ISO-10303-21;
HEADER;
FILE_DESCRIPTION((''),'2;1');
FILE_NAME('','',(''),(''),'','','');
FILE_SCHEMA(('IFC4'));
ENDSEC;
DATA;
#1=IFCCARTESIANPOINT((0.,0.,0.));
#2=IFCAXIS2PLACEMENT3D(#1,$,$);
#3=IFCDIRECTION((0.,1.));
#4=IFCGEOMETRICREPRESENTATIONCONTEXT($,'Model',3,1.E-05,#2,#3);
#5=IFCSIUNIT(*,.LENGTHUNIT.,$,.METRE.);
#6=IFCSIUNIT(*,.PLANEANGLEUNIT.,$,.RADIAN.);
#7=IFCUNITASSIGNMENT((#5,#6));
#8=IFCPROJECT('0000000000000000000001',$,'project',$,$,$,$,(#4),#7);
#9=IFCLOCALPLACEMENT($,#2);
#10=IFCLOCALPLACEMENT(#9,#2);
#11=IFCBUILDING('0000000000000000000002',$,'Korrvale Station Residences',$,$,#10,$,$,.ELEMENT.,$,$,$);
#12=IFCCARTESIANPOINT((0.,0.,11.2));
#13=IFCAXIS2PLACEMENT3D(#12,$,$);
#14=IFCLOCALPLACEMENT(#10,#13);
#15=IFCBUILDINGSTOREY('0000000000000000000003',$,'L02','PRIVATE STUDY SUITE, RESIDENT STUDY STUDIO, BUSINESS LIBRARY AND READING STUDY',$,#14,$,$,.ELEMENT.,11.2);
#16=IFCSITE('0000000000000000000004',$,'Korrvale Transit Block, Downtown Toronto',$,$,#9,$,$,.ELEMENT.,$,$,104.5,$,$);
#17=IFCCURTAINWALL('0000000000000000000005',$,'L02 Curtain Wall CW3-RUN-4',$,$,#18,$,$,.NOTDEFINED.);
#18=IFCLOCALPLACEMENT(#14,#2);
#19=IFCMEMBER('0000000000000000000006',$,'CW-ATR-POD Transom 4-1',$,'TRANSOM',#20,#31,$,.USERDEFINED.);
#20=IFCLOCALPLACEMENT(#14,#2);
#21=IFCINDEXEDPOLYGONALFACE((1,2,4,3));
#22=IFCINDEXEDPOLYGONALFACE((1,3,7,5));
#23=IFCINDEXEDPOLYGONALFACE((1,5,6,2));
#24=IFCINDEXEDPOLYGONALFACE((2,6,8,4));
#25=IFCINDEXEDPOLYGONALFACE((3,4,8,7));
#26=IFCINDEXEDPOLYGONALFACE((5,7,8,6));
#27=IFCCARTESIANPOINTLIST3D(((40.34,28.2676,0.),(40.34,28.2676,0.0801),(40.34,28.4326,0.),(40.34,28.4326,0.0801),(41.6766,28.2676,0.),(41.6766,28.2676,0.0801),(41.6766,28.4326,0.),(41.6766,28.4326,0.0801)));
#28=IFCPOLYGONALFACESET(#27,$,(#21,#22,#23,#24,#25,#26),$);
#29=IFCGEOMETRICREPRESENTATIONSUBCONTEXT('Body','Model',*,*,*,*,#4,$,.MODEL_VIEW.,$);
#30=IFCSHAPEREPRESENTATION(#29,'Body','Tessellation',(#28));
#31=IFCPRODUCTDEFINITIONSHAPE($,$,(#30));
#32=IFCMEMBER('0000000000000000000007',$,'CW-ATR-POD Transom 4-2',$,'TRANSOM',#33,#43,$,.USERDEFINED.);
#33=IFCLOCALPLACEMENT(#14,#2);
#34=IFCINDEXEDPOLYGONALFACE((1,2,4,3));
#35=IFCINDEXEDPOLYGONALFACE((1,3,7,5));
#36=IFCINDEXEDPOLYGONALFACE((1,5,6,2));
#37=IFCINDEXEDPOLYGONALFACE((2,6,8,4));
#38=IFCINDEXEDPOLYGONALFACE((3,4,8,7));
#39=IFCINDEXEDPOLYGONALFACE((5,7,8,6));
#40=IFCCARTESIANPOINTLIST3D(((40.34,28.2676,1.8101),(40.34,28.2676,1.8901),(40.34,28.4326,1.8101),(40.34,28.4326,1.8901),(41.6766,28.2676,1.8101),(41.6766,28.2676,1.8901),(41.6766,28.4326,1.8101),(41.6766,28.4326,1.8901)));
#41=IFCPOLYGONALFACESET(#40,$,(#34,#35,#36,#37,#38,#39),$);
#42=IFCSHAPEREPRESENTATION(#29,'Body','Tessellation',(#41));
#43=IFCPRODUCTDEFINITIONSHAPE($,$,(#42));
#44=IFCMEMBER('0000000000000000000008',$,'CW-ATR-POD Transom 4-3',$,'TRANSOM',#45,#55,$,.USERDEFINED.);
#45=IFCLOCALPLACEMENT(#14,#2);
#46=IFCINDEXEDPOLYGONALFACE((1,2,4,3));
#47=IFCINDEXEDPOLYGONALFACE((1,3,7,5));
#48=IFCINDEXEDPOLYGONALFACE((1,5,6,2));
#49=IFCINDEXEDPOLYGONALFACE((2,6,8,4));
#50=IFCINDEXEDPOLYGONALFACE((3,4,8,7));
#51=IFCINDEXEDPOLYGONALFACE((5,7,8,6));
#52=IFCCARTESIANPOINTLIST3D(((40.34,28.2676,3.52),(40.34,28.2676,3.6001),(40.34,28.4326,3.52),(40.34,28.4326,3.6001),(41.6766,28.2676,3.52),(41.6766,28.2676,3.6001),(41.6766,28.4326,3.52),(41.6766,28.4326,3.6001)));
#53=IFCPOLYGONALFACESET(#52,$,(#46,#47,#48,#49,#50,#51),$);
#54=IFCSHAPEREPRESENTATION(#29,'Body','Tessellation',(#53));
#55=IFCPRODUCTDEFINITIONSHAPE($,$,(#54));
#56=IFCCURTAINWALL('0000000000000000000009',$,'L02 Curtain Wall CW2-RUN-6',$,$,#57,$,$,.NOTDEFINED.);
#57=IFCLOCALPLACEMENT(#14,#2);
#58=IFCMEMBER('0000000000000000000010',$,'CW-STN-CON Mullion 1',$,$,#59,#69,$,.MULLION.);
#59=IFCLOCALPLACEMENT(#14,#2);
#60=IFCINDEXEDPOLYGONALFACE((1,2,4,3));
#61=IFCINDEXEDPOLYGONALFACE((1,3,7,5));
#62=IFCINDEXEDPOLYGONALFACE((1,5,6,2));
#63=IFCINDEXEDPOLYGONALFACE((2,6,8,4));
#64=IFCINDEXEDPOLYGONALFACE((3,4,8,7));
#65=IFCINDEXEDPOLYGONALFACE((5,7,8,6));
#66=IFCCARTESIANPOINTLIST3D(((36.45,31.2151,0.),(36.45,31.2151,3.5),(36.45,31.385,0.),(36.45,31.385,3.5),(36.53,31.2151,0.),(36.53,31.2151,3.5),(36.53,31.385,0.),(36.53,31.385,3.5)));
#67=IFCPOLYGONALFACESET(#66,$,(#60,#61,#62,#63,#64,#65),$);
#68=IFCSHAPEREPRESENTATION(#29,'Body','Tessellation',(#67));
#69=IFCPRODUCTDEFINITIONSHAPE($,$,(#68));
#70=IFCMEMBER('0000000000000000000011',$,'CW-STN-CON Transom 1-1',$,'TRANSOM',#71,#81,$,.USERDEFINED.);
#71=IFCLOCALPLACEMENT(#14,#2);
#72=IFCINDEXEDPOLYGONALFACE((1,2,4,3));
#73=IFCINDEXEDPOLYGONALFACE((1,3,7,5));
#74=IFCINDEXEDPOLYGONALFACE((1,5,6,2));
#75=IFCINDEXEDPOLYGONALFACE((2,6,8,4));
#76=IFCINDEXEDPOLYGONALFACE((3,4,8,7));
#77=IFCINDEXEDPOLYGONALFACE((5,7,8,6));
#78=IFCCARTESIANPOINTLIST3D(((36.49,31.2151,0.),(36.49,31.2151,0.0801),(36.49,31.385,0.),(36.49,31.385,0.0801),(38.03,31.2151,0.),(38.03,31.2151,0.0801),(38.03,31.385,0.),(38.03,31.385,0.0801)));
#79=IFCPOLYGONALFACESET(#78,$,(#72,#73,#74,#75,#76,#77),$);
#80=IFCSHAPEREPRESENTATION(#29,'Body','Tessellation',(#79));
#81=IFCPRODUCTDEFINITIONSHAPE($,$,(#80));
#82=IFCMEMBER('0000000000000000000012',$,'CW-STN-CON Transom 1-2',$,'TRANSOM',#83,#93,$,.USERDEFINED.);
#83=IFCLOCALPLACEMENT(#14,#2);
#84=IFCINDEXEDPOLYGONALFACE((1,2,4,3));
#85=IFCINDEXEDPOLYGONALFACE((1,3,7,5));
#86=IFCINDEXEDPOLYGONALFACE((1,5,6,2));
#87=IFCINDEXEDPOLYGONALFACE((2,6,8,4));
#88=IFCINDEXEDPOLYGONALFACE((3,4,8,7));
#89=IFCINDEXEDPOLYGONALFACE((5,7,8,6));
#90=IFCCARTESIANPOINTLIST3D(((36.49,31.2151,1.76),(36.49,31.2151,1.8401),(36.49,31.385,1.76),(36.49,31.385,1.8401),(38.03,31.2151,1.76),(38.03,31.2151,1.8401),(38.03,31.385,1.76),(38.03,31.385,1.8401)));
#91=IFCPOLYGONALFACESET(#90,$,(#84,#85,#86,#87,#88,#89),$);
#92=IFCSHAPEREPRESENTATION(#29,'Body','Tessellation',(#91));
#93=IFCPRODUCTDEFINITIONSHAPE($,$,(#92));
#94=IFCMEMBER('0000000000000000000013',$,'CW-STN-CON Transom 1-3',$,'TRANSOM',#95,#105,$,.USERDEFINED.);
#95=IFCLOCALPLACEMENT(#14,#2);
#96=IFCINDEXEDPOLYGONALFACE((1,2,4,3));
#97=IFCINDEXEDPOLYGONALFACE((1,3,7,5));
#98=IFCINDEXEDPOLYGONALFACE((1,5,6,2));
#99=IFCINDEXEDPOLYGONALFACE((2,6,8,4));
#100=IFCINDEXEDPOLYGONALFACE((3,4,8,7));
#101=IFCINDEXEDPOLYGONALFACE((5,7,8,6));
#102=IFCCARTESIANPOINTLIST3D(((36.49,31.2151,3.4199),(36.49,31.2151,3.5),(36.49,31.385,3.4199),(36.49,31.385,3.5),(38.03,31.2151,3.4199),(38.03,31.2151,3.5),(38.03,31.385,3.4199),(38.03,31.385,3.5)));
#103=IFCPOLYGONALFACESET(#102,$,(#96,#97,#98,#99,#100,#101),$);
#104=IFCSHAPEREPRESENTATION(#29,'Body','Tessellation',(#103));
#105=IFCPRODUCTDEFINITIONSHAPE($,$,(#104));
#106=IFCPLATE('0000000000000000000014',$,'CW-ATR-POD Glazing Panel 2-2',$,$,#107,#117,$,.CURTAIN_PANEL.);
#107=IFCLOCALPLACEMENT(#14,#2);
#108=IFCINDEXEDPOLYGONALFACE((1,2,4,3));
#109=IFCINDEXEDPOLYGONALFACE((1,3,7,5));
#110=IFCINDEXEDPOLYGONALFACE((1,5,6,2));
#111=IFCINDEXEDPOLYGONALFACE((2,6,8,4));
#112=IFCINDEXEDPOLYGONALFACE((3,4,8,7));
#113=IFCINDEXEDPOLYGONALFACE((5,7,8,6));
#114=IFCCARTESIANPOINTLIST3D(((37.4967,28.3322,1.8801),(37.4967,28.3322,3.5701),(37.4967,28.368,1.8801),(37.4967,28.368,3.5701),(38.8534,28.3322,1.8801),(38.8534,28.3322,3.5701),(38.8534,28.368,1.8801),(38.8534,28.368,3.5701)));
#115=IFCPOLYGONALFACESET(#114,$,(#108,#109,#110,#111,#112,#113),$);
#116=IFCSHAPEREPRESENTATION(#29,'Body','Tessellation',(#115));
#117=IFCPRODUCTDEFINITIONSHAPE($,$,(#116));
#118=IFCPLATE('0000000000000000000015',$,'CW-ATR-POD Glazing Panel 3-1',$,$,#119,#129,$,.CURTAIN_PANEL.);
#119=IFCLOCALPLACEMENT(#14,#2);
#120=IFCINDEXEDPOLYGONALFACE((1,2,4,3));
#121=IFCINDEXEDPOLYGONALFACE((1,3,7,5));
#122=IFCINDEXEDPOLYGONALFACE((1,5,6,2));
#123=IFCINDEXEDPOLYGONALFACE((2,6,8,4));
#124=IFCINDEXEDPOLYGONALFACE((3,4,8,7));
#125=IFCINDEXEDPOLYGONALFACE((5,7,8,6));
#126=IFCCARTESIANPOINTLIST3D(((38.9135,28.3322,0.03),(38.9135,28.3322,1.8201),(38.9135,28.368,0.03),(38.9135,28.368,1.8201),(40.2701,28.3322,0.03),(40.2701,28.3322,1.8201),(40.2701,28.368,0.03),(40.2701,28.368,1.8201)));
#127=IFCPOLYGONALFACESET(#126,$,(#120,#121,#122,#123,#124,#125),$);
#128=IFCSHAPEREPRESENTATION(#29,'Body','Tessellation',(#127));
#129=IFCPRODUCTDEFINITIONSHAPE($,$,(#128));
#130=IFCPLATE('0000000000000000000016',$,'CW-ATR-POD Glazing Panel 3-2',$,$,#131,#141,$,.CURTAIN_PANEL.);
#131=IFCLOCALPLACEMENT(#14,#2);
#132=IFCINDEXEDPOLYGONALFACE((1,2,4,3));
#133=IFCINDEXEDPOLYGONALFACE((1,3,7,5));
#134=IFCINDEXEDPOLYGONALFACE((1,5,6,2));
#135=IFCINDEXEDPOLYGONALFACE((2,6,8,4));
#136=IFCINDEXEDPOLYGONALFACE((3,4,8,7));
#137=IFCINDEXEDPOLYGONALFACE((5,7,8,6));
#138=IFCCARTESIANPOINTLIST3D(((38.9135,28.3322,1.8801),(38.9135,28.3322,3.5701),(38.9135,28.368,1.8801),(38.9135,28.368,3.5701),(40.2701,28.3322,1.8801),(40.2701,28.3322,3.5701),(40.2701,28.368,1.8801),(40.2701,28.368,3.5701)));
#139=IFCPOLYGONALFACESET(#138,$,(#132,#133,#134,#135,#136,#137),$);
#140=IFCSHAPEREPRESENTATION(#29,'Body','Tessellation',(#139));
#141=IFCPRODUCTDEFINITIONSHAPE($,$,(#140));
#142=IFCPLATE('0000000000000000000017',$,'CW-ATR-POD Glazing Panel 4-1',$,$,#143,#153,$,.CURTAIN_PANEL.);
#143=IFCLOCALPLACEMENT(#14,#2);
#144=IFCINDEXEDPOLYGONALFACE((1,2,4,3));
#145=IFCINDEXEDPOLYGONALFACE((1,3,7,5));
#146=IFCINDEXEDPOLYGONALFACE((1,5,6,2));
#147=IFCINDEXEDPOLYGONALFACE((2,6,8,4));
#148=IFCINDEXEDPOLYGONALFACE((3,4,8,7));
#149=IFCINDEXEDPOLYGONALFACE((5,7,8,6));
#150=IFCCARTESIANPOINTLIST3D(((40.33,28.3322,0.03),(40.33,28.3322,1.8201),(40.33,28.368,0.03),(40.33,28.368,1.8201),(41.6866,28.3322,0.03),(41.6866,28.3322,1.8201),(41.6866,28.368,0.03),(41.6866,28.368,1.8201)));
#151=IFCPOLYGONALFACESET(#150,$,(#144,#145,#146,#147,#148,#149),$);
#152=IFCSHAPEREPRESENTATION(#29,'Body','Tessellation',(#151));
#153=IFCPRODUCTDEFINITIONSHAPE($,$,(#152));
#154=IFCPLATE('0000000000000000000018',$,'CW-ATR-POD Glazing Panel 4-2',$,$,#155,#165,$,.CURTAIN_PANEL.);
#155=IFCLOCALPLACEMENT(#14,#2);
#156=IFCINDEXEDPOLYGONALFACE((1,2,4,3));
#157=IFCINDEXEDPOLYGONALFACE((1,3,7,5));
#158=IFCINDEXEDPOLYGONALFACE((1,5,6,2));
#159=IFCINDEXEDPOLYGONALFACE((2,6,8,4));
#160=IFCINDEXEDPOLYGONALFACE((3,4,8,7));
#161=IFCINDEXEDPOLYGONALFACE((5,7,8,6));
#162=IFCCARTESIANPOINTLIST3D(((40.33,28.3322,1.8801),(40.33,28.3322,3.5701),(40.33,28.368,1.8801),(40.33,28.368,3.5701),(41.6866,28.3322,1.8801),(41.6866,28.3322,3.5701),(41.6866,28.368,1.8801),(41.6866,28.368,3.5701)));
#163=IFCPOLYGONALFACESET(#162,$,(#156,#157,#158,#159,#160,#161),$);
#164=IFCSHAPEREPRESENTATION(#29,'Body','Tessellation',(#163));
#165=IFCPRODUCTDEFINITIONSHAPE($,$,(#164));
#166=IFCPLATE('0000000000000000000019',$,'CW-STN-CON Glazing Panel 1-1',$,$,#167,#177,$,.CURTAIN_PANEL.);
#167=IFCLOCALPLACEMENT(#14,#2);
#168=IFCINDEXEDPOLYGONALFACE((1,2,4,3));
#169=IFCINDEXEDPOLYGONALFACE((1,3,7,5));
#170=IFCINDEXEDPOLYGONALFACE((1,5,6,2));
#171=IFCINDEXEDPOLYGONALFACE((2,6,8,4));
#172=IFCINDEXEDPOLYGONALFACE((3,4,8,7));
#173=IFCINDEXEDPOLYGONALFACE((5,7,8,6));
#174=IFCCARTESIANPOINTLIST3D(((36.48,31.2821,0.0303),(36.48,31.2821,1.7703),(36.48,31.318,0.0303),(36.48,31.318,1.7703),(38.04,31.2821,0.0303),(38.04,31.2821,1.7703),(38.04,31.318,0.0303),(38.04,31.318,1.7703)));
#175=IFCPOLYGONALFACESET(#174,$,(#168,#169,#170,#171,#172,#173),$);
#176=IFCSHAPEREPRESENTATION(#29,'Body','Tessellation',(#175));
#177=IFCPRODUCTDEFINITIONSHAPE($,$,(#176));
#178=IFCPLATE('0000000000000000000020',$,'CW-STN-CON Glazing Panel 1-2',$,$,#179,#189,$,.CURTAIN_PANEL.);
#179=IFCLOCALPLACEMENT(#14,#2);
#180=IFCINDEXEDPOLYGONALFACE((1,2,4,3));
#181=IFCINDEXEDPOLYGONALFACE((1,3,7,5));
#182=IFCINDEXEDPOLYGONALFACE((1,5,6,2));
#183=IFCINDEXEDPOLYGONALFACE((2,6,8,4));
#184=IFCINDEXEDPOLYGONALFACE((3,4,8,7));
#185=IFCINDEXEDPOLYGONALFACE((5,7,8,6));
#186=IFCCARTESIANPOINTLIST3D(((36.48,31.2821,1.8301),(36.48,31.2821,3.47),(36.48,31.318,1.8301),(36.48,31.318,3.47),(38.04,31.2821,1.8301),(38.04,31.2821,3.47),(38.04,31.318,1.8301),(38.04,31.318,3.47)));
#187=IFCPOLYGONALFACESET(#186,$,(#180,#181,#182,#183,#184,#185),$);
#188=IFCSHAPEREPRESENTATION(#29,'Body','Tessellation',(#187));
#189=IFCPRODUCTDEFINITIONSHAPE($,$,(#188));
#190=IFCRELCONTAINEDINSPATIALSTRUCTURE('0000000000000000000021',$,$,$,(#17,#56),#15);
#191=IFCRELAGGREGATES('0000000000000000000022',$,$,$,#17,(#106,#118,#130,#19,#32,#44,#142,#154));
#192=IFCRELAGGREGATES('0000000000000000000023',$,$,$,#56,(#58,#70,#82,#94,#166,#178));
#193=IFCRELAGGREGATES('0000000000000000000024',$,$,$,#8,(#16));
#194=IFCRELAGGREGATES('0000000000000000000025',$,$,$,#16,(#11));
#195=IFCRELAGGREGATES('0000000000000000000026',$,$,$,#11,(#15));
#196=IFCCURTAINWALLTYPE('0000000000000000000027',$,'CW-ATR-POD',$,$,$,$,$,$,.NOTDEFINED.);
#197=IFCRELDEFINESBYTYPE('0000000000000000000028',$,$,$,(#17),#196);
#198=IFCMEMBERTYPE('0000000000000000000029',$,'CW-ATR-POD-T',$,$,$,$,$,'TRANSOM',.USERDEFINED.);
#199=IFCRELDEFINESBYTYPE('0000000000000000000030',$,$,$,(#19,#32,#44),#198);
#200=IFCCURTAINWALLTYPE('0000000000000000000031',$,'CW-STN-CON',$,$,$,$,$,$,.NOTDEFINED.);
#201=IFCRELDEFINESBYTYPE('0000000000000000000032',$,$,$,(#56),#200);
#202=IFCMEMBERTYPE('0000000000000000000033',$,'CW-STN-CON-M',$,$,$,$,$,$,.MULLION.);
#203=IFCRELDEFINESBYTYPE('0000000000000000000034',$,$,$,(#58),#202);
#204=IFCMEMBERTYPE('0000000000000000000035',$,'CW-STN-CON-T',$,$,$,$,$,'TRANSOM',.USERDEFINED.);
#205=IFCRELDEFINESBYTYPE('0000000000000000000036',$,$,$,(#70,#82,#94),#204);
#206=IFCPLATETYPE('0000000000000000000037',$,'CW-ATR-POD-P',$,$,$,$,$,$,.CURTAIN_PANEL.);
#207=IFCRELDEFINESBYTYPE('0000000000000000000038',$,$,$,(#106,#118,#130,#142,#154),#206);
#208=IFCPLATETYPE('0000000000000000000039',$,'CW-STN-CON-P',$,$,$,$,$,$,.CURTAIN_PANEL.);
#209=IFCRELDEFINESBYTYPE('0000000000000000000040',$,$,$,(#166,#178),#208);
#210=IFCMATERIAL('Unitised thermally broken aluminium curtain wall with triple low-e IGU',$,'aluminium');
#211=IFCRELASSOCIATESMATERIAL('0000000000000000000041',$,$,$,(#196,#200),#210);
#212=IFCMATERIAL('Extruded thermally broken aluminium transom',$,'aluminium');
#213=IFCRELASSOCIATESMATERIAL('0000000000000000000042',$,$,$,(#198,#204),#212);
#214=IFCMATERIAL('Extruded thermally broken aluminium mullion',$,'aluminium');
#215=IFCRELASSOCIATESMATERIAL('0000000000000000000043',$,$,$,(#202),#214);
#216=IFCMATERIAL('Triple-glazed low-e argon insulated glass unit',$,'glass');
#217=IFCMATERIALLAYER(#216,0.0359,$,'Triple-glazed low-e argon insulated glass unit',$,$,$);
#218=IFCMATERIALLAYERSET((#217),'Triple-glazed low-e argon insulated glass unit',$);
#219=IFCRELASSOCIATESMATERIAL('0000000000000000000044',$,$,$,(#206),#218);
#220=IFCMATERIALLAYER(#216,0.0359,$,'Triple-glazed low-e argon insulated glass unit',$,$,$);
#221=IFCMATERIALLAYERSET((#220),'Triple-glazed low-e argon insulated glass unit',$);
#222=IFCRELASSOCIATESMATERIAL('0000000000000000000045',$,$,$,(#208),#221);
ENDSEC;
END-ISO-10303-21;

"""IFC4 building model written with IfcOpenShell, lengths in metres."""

from ifc_helpers import new_model, si_unit, direction, frame, origin, origin_2d, place, context, subcontext, project, spatial, rectangle, extrude, material, layer, layer_set, type_object, element, aggregate, save


model = new_model("IFC4")

# Units and contexts
model_context = context("Model", 3, precision=1e-05, world=origin(), true_north=direction((0.0, 1.0)))
body_context = subcontext(model_context, "Body", "Model", "MODEL_VIEW")
ifc_project = project(units=[si_unit("LENGTHUNIT", "METRE"), si_unit("PLANEANGLEUNIT", "RADIAN")], contexts=[model_context])

# Site, building, storey
site_placement = place(None, origin())
site = spatial("IfcSite", under=ifc_project, at=site_placement, Name="Korrvale Transit Block, Downtown Toronto", CompositionType="ELEMENT", RefElevation=104.5)
building_placement = place(site_placement, origin())
building = spatial("IfcBuilding", under=site, at=building_placement, Name="Korrvale Station Residences", CompositionType="ELEMENT")
storey_placement = place(building_placement, frame((0.0, 0.0, 11.2)))
storey = spatial("IfcBuildingStorey", under=building, at=storey_placement, Name="L02", Description="PRIVATE STUDY SUITE, RESIDENT STUDY STUDIO, BUSINESS LIBRARY AND READING STUDY", CompositionType="ELEMENT", Elevation=11.2)

# Curtain walls, members
ifc_material_1 = material(Name="Unitised thermally broken aluminium curtain wall with triple low-e IGU", Category="aluminium")
curtain_wall_type_1 = type_object("IfcCurtainWallType", Name="CW-ATR-POD", PredefinedType="NOTDEFINED", material=ifc_material_1)
curtain_wall_1_placement = place(storey_placement, origin())
curtain_wall_1 = element("IfcCurtainWall", 1, at=curtain_wall_1_placement, inside=storey, type_object=curtain_wall_type_1, Name="L02 Curtain Wall CW3-RUN-4", PredefinedType="NOTDEFINED")
ifc_material_2 = material(Name="Extruded thermally broken aluminium mullion", Category="aluminium")
ifc_material_3 = material(Name="Extruded thermally broken aluminium transom", Category="aluminium")
member_type_1 = type_object("IfcMemberType", Name="CW-ATR-POD-T", ElementType="TRANSOM", PredefinedType="USERDEFINED", material=ifc_material_3)
member_1_placement = place(storey_placement, frame((41.0083, 28.3501, 0.0), z_axis=(0.0, 0.0, 1.0), x_axis=(1.0, 0.0, 0.0)))
member_1 = element("IfcMember", 2, at=member_1_placement, type_object=member_type_1, Name="CW-ATR-POD Transom 4-1", ObjectType="TRANSOM", PredefinedType="USERDEFINED", context=body_context, shape_type="SweptSolid", body=[
    extrude(rectangle(XDim=1.3367, YDim=0.165, at=origin_2d()), origin(), (0.0, 0.0, 1.0), 0.0801),
])
member_2_placement = place(storey_placement, frame((41.0083, 28.3501, 1.8101), z_axis=(0.0, 0.0, 1.0), x_axis=(1.0, 0.0, 0.0)))
member_2 = element("IfcMember", 3, at=member_2_placement, type_object=member_type_1, Name="CW-ATR-POD Transom 4-2", ObjectType="TRANSOM", PredefinedType="USERDEFINED", context=body_context, shape_type="SweptSolid", body=[
    extrude(rectangle(XDim=1.3367, YDim=0.165, at=origin_2d()), origin(), (0.0, 0.0, 1.0), 0.0801),
])
member_3_placement = place(storey_placement, frame((41.0083, 28.3501, 3.52), z_axis=(0.0, 0.0, 1.0), x_axis=(1.0, 0.0, 0.0)))
member_3 = element("IfcMember", 4, at=member_3_placement, type_object=member_type_1, Name="CW-ATR-POD Transom 4-3", ObjectType="TRANSOM", PredefinedType="USERDEFINED", context=body_context, shape_type="SweptSolid", body=[
    extrude(rectangle(XDim=1.3367, YDim=0.165, at=origin_2d()), origin(), (0.0, 0.0, 1.0), 0.0801),
])
curtain_wall_type_2 = type_object("IfcCurtainWallType", Name="CW-STN-CON", PredefinedType="NOTDEFINED", material=ifc_material_1)
curtain_wall_2_placement = place(storey_placement, origin())
curtain_wall_2 = element("IfcCurtainWall", 5, at=curtain_wall_2_placement, inside=storey, type_object=curtain_wall_type_2, Name="L02 Curtain Wall CW2-RUN-6", PredefinedType="NOTDEFINED")
member_type_2 = type_object("IfcMemberType", Name="CW-STN-CON-M", PredefinedType="MULLION", material=ifc_material_2)
member_4_placement = place(storey_placement, frame((36.49, 31.3, 0.0), z_axis=(0.0, 0.0, 1.0), x_axis=(1.0, 0.0, 0.0)))
member_4 = element("IfcMember", 6, at=member_4_placement, type_object=member_type_2, Name="CW-STN-CON Mullion 1", PredefinedType="MULLION", context=body_context, shape_type="SweptSolid", body=[
    extrude(rectangle(XDim=0.0801, YDim=0.1699, at=origin_2d()), origin(), (0.0, 0.0, 1.0), 3.5),
])
member_type_3 = type_object("IfcMemberType", Name="CW-STN-CON-T", ElementType="TRANSOM", PredefinedType="USERDEFINED", material=ifc_material_3)
member_5_placement = place(storey_placement, frame((37.26, 31.3, 0.0), z_axis=(0.0, 0.0, 1.0), x_axis=(1.0, 0.0, 0.0)))
member_5 = element("IfcMember", 7, at=member_5_placement, type_object=member_type_3, Name="CW-STN-CON Transom 1-1", ObjectType="TRANSOM", PredefinedType="USERDEFINED", context=body_context, shape_type="SweptSolid", body=[
    extrude(rectangle(XDim=1.54, YDim=0.1699, at=origin_2d()), origin(), (0.0, 0.0, 1.0), 0.0801),
])
member_6_placement = place(storey_placement, frame((37.26, 31.3, 1.76), z_axis=(0.0, 0.0, 1.0), x_axis=(1.0, 0.0, 0.0)))
member_6 = element("IfcMember", 8, at=member_6_placement, type_object=member_type_3, Name="CW-STN-CON Transom 1-2", ObjectType="TRANSOM", PredefinedType="USERDEFINED", context=body_context, shape_type="SweptSolid", body=[
    extrude(rectangle(XDim=1.54, YDim=0.1699, at=origin_2d()), origin(), (0.0, 0.0, 1.0), 0.0801),
])
member_7_placement = place(storey_placement, frame((37.26, 31.3, 3.4199), z_axis=(0.0, 0.0, 1.0), x_axis=(1.0, 0.0, 0.0)))
member_7 = element("IfcMember", 9, at=member_7_placement, type_object=member_type_3, Name="CW-STN-CON Transom 1-3", ObjectType="TRANSOM", PredefinedType="USERDEFINED", context=body_context, shape_type="SweptSolid", body=[
    extrude(rectangle(XDim=1.54, YDim=0.1699, at=origin_2d()), origin(), (0.0, 0.0, 1.0), 0.0801),
])

# Plates
ifc_material_4 = material(Name="Triple-glazed low-e argon insulated glass unit", Category="glass")
ifc_layer_1 = layer(ifc_material_4, 0.0359, Name="Triple-glazed low-e argon insulated glass unit")
ifc_layer_set_1 = layer_set([ifc_layer_1], Name="Triple-glazed low-e argon insulated glass unit")
plate_type_1 = type_object("IfcPlateType", Name="CW-ATR-POD-P", PredefinedType="CURTAIN_PANEL", material=ifc_layer_set_1)
plate_1_placement = place(storey_placement, frame((38.175, 28.3501, 1.8801), z_axis=(0.0, 0.0, 1.0), x_axis=(1.0, 0.0, 0.0)))
plate_1 = element("IfcPlate", 10, at=plate_1_placement, type_object=plate_type_1, Name="CW-ATR-POD Glazing Panel 2-2", PredefinedType="CURTAIN_PANEL", context=body_context, shape_type="SweptSolid", body=[
    extrude(rectangle(XDim=1.3567, YDim=0.0359, at=origin_2d()), origin(), (0.0, 0.0, 1.0), 1.6899),
])
plate_2_placement = place(storey_placement, frame((39.5918, 28.3501, 0.03), z_axis=(0.0, 0.0, 1.0), x_axis=(1.0, 0.0, 0.0)))
plate_2 = element("IfcPlate", 11, at=plate_2_placement, type_object=plate_type_1, Name="CW-ATR-POD Glazing Panel 3-1", PredefinedType="CURTAIN_PANEL", context=body_context, shape_type="SweptSolid", body=[
    extrude(rectangle(XDim=1.3567, YDim=0.0359, at=origin_2d()), origin(), (0.0, 0.0, 1.0), 1.79),
])
plate_3_placement = place(storey_placement, frame((39.5918, 28.3501, 1.8801), z_axis=(0.0, 0.0, 1.0), x_axis=(1.0, 0.0, 0.0)))
plate_3 = element("IfcPlate", 12, at=plate_3_placement, type_object=plate_type_1, Name="CW-ATR-POD Glazing Panel 3-2", PredefinedType="CURTAIN_PANEL", context=body_context, shape_type="SweptSolid", body=[
    extrude(rectangle(XDim=1.3567, YDim=0.0359, at=origin_2d()), origin(), (0.0, 0.0, 1.0), 1.6899),
])
plate_4_placement = place(storey_placement, frame((41.0083, 28.3501, 0.03), z_axis=(0.0, 0.0, 1.0), x_axis=(1.0, 0.0, 0.0)))
plate_4 = element("IfcPlate", 13, at=plate_4_placement, type_object=plate_type_1, Name="CW-ATR-POD Glazing Panel 4-1", PredefinedType="CURTAIN_PANEL", context=body_context, shape_type="SweptSolid", body=[
    extrude(rectangle(XDim=1.3567, YDim=0.0359, at=origin_2d()), origin(), (0.0, 0.0, 1.0), 1.79),
])
plate_5_placement = place(storey_placement, frame((41.0083, 28.3501, 1.8801), z_axis=(0.0, 0.0, 1.0), x_axis=(1.0, 0.0, 0.0)))
plate_5 = element("IfcPlate", 14, at=plate_5_placement, type_object=plate_type_1, Name="CW-ATR-POD Glazing Panel 4-2", PredefinedType="CURTAIN_PANEL", context=body_context, shape_type="SweptSolid", body=[
    extrude(rectangle(XDim=1.3567, YDim=0.0359, at=origin_2d()), origin(), (0.0, 0.0, 1.0), 1.6899),
])
aggregate(curtain_wall_1, [plate_1, plate_2, plate_3, member_1, member_2, member_3, plate_4, plate_5])
ifc_layer_2 = layer(ifc_material_4, 0.0359, Name="Triple-glazed low-e argon insulated glass unit")
ifc_layer_set_2 = layer_set([ifc_layer_2], Name="Triple-glazed low-e argon insulated glass unit")
plate_type_2 = type_object("IfcPlateType", Name="CW-STN-CON-P", PredefinedType="CURTAIN_PANEL", material=ifc_layer_set_2)
plate_6_placement = place(storey_placement, frame((37.26, 31.3, 0.0303), z_axis=(0.0, 0.0, 1.0), x_axis=(1.0, 0.0, 0.0)))
plate_6 = element("IfcPlate", 15, at=plate_6_placement, type_object=plate_type_2, Name="CW-STN-CON Glazing Panel 1-1", PredefinedType="CURTAIN_PANEL", context=body_context, shape_type="SweptSolid", body=[
    extrude(rectangle(XDim=1.5601, YDim=0.0359, at=origin_2d()), origin(), (0.0, 0.0, 1.0), 1.74),
])
plate_7_placement = place(storey_placement, frame((37.26, 31.3, 1.8301), z_axis=(0.0, 0.0, 1.0), x_axis=(1.0, 0.0, 0.0)))
plate_7 = element("IfcPlate", 16, at=plate_7_placement, type_object=plate_type_2, Name="CW-STN-CON Glazing Panel 1-2", PredefinedType="CURTAIN_PANEL", context=body_context, shape_type="SweptSolid", body=[
    extrude(rectangle(XDim=1.5601, YDim=0.0359, at=origin_2d()), origin(), (0.0, 0.0, 1.0), 1.6399),
])
aggregate(curtain_wall_2, [member_4, member_5, member_6, member_7, plate_6, plate_7])

save(model, "model.ifc")
